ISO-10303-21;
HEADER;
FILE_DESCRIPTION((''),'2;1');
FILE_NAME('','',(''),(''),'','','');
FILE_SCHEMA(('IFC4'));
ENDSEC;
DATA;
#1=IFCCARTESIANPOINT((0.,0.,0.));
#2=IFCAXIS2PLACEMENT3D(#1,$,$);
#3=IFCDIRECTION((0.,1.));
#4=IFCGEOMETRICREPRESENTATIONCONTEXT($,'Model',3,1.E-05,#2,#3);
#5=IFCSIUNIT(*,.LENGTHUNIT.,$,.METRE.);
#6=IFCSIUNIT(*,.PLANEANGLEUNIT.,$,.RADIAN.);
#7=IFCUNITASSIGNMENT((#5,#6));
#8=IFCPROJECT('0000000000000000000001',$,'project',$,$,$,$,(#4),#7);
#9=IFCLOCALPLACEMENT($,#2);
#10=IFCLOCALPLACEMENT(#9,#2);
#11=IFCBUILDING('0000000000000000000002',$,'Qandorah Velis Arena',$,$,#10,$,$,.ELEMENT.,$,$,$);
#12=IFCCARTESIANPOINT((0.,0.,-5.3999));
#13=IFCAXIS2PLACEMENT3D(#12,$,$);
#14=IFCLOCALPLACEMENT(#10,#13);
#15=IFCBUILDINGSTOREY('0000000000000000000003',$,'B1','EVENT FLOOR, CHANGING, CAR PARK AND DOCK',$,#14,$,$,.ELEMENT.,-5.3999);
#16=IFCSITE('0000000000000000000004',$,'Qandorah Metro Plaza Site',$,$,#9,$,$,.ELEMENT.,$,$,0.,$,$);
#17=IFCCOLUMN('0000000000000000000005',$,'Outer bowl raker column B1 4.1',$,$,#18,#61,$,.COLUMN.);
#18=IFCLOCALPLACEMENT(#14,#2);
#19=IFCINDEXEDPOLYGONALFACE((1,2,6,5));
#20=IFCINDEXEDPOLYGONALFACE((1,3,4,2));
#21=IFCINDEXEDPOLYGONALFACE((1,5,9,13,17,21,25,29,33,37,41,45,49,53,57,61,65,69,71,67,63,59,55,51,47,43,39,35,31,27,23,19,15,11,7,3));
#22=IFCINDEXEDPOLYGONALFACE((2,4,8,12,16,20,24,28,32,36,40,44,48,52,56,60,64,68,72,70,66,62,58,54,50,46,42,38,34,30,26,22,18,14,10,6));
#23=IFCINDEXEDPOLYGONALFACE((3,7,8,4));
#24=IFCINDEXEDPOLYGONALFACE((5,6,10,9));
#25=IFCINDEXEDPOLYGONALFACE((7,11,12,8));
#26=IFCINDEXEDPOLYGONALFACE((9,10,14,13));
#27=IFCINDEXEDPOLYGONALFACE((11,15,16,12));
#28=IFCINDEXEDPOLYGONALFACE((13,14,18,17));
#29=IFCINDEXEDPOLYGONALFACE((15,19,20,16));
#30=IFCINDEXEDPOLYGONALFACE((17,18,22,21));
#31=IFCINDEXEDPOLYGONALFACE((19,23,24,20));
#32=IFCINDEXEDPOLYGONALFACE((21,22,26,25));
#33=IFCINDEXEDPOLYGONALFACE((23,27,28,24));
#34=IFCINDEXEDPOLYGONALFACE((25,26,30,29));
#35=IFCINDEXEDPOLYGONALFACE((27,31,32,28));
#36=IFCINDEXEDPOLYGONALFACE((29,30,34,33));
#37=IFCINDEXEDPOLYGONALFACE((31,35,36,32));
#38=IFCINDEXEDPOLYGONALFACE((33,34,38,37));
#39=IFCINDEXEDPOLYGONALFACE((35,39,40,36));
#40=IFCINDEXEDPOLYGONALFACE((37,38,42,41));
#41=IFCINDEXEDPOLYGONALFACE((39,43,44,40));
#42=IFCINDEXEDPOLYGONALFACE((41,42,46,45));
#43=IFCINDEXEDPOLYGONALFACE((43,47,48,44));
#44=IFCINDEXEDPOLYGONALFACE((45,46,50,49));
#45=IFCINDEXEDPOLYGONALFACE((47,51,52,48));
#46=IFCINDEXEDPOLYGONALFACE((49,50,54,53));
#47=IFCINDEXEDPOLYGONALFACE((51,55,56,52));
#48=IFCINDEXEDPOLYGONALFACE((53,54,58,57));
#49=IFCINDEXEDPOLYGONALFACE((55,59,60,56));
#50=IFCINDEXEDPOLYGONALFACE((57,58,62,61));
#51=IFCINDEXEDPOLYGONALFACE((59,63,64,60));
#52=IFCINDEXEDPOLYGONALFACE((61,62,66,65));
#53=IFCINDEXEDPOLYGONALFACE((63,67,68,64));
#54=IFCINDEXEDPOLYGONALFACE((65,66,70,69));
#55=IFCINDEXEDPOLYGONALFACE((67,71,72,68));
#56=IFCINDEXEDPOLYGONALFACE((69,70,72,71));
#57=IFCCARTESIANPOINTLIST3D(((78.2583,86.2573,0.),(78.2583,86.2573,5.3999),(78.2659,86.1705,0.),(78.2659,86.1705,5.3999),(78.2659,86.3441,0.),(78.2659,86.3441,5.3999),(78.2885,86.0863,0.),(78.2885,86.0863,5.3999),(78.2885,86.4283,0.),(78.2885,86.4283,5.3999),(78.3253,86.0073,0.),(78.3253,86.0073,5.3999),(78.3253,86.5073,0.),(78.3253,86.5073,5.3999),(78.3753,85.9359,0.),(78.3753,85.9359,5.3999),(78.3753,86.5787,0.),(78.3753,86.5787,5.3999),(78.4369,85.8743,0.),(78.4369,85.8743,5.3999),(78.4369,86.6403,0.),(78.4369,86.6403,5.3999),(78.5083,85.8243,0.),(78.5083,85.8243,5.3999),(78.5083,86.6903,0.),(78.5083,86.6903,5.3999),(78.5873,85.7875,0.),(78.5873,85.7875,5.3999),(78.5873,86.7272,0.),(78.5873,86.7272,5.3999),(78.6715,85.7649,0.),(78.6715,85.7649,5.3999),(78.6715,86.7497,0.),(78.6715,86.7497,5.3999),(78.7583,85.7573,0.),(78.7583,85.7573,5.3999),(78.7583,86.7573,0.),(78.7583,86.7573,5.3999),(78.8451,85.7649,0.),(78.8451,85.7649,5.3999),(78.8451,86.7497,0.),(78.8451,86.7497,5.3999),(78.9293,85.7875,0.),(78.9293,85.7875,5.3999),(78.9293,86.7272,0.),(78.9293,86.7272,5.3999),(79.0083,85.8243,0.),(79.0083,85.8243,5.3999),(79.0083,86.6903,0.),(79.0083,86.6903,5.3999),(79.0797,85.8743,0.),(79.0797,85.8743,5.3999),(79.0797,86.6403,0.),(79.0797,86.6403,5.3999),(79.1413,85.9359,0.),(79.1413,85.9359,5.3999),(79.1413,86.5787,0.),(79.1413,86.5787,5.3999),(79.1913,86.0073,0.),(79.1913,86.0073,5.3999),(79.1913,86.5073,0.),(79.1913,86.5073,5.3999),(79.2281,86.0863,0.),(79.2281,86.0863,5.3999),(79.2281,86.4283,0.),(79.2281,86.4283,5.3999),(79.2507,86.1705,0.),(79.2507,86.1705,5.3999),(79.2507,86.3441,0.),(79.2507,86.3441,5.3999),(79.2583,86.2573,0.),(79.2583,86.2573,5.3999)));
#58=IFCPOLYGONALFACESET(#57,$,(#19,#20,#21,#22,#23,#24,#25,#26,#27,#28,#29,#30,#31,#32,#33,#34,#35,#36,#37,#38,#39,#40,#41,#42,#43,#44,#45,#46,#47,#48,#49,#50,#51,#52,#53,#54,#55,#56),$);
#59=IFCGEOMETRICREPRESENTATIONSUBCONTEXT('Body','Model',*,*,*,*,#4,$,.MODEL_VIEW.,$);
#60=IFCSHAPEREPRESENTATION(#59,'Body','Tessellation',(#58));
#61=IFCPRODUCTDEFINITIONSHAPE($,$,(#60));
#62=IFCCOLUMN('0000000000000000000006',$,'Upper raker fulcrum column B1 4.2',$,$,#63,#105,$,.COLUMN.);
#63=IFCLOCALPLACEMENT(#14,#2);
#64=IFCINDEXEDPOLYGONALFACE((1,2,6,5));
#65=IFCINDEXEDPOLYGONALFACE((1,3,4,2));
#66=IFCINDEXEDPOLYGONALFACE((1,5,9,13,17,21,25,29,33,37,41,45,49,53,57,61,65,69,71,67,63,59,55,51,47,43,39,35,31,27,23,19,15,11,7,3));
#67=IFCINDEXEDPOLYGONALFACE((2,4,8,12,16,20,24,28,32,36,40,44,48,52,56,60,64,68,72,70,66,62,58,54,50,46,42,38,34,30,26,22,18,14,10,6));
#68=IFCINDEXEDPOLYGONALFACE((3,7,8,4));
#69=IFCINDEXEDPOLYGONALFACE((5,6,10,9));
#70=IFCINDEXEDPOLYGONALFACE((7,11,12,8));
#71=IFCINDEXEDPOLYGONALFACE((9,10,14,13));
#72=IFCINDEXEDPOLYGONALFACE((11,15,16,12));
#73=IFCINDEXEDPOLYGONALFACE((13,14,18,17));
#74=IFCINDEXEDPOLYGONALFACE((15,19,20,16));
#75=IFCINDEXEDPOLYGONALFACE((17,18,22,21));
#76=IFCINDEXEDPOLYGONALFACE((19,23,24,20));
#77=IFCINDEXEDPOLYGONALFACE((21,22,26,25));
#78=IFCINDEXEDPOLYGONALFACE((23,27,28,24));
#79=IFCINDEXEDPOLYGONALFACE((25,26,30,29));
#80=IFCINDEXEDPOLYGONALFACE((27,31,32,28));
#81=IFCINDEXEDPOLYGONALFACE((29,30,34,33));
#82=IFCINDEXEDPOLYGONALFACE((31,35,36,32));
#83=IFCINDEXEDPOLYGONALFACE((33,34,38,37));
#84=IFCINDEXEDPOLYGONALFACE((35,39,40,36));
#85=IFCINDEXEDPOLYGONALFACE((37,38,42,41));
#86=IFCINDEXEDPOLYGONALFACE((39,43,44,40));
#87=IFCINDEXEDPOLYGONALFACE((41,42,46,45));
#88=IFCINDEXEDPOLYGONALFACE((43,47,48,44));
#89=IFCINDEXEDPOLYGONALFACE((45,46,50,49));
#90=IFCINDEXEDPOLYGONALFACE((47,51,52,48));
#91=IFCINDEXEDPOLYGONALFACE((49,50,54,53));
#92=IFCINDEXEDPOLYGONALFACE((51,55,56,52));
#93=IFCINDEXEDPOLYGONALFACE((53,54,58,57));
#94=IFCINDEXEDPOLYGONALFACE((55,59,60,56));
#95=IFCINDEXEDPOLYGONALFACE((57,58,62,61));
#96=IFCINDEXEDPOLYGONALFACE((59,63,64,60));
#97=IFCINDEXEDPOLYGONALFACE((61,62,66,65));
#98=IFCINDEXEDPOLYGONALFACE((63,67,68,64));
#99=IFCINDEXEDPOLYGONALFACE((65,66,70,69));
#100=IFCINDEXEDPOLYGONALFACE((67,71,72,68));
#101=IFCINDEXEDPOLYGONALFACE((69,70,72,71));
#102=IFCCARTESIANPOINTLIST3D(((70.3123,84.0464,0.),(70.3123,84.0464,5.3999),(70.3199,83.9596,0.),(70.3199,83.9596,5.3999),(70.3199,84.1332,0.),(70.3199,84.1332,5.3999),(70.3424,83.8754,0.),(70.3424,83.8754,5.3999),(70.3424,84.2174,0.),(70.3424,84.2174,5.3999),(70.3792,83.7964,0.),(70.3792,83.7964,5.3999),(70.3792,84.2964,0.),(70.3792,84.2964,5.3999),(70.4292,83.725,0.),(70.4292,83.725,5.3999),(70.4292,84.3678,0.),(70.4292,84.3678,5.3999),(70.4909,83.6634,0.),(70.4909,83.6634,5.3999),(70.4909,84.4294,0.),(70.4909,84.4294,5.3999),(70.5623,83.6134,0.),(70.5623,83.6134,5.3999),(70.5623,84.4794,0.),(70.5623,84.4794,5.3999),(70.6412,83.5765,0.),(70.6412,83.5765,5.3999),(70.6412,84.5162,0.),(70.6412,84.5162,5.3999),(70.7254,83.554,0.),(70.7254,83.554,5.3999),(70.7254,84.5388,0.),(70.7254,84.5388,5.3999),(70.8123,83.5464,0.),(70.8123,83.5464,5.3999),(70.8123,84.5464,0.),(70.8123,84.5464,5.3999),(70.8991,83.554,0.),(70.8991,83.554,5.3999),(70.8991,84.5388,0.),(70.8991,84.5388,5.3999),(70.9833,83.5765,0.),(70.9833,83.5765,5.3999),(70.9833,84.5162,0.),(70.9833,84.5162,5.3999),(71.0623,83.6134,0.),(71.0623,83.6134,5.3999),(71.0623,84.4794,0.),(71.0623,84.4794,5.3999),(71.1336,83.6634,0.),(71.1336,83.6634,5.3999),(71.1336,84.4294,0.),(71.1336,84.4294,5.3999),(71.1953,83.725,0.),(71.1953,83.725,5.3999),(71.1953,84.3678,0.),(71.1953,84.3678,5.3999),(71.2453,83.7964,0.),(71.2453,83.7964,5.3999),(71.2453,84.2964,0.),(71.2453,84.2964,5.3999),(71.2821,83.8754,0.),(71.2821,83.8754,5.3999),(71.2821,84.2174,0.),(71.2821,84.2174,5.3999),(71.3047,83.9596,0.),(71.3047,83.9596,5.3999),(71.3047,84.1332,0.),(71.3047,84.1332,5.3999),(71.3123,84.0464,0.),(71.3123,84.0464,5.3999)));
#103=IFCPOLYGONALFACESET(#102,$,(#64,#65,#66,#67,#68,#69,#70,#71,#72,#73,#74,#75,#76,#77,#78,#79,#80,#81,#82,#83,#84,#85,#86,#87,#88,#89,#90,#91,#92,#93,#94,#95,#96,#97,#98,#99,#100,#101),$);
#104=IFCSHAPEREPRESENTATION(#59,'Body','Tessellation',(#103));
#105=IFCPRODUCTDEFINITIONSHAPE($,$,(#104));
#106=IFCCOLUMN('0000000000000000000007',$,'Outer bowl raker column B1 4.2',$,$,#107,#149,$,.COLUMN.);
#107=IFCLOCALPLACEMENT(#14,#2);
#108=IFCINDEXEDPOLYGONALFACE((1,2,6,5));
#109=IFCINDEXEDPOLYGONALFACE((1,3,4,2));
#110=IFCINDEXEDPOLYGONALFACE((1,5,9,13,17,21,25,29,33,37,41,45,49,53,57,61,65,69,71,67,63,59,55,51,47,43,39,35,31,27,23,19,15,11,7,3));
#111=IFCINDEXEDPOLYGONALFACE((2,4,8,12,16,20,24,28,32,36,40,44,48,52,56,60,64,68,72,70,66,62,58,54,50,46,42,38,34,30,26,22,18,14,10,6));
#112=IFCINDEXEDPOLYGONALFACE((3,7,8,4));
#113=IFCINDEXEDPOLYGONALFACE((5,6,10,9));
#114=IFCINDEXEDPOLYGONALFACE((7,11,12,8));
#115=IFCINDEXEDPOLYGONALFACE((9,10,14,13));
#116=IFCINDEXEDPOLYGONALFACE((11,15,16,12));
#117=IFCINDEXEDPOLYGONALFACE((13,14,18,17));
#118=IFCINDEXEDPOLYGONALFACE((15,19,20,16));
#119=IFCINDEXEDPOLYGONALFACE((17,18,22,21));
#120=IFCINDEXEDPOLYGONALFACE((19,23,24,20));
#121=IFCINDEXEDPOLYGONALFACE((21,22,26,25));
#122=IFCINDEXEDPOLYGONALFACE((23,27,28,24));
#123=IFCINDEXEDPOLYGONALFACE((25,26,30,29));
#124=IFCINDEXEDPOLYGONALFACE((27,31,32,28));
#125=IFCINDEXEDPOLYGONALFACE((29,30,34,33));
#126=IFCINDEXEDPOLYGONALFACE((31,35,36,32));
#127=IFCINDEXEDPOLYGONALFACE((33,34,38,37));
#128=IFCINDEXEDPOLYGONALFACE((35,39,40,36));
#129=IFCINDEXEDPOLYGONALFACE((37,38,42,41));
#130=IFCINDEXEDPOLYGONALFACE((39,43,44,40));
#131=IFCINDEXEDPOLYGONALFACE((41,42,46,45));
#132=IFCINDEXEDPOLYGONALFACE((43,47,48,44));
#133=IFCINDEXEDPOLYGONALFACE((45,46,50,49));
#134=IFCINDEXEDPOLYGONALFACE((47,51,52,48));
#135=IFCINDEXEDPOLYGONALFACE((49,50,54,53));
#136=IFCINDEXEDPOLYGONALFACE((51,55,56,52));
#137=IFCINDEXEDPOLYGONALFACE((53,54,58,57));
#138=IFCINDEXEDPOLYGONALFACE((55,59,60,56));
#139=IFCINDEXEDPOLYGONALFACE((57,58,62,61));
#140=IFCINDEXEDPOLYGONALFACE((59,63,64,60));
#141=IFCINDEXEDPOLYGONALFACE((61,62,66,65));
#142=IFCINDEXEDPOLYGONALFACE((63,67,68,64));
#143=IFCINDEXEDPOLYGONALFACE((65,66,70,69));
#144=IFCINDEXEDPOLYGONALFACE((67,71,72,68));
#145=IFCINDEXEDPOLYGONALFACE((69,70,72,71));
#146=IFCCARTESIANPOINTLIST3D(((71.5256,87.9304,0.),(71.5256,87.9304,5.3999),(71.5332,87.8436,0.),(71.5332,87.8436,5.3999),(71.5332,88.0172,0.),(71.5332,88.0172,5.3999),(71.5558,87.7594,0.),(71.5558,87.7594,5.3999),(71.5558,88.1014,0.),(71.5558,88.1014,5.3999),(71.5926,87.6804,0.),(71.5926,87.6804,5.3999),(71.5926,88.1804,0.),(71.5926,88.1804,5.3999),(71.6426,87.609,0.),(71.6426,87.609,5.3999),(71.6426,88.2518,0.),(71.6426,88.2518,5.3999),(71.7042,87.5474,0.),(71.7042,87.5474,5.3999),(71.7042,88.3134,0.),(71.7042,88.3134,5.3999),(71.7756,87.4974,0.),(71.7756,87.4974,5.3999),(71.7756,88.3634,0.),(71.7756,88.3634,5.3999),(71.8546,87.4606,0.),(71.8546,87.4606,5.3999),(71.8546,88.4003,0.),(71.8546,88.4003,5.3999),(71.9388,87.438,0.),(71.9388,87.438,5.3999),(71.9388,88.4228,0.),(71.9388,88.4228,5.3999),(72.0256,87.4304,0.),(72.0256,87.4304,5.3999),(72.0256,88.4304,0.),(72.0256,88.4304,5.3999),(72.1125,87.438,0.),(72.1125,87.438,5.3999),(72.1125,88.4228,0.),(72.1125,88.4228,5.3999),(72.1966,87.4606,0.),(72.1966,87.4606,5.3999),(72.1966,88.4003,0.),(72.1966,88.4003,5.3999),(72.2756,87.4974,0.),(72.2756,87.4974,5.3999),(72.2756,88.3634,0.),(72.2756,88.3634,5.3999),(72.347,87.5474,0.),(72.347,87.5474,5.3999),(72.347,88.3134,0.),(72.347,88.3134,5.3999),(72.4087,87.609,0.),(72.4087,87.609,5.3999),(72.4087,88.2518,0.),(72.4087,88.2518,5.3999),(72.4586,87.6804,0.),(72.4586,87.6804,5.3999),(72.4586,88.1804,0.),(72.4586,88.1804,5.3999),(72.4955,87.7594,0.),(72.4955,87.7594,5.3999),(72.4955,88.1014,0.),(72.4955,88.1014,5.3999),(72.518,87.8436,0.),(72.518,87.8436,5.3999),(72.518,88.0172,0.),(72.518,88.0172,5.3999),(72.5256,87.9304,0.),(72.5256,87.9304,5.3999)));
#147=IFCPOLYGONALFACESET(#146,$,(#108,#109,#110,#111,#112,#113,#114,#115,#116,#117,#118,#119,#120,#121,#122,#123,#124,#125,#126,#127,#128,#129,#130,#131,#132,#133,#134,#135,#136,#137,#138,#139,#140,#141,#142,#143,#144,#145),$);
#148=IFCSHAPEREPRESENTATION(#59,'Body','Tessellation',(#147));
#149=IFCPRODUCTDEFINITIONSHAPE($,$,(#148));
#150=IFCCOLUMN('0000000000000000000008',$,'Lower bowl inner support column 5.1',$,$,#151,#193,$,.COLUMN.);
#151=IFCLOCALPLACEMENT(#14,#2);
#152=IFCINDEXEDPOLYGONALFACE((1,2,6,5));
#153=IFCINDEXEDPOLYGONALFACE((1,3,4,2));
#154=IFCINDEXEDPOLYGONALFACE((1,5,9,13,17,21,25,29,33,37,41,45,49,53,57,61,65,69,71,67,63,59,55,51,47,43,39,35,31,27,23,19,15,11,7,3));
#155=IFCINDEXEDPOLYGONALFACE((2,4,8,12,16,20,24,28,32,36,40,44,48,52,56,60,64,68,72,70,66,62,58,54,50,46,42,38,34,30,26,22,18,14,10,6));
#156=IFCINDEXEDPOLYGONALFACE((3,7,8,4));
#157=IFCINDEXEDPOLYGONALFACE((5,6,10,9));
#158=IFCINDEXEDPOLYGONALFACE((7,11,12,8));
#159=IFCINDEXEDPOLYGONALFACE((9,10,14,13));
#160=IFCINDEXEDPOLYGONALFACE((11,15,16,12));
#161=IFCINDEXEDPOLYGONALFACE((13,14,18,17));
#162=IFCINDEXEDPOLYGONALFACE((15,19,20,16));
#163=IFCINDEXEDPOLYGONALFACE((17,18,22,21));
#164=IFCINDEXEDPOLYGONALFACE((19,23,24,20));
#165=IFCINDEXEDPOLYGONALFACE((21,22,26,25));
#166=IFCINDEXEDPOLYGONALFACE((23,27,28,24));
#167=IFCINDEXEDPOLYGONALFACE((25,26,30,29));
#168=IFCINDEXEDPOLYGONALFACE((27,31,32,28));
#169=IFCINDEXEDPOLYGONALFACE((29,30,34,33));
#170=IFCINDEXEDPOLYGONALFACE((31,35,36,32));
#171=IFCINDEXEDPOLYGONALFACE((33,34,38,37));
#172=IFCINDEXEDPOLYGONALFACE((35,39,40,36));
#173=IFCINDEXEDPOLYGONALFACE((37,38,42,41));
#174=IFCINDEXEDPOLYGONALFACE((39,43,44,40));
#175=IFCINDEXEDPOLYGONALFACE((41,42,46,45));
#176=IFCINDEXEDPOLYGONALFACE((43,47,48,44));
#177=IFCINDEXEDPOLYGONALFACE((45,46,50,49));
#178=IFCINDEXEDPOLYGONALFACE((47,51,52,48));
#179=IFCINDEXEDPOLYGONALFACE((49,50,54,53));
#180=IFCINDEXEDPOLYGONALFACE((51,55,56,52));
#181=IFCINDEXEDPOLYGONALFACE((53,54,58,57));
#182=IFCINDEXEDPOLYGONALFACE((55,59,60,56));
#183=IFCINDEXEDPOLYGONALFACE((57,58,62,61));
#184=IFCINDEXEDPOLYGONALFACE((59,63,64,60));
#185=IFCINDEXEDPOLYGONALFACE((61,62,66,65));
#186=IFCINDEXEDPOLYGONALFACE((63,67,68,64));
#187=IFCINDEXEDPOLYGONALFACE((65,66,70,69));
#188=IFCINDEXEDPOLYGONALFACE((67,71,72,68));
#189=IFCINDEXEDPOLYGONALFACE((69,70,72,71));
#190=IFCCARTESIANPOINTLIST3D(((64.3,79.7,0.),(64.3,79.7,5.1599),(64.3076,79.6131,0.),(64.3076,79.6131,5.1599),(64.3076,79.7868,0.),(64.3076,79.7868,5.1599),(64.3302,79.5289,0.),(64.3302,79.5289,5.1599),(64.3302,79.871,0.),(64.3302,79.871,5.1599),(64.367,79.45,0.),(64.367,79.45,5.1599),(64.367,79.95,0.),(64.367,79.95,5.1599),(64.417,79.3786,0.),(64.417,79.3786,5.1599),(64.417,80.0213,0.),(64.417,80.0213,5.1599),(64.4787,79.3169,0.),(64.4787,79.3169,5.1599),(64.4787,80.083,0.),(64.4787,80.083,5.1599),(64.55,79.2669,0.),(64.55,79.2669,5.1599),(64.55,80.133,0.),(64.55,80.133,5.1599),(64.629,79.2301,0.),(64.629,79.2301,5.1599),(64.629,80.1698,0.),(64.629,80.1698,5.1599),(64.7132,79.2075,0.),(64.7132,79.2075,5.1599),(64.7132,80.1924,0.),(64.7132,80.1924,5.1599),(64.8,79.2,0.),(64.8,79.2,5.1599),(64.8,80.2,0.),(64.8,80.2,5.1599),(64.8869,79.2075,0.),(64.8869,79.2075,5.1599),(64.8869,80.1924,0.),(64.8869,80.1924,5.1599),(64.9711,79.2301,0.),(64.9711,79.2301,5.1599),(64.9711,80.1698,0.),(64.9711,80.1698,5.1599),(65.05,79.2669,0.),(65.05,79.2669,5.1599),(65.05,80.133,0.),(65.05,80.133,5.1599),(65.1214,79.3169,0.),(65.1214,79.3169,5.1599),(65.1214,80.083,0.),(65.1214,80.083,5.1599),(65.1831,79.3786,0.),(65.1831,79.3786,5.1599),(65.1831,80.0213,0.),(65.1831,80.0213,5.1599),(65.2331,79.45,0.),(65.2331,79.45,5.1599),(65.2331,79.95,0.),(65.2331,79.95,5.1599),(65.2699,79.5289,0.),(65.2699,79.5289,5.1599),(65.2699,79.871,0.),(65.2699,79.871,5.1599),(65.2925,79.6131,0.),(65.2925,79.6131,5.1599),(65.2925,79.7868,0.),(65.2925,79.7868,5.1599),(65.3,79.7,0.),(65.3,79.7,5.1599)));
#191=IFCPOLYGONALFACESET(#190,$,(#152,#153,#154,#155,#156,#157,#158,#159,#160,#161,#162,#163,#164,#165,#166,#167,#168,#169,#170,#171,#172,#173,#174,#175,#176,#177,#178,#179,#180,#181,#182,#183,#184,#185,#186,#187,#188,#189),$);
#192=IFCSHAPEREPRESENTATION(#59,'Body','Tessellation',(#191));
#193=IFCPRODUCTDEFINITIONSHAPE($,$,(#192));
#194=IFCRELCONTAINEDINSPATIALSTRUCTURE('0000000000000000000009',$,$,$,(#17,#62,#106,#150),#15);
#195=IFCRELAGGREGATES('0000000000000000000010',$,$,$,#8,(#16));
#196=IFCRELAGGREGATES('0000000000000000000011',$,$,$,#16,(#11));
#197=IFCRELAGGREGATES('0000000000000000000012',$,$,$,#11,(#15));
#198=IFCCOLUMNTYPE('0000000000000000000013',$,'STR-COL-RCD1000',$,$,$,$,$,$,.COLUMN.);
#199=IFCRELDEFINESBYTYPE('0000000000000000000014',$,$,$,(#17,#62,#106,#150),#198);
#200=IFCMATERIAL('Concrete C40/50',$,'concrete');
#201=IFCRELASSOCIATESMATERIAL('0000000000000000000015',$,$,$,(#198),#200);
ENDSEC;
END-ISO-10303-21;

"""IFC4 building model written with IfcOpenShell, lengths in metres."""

from ifc_helpers import new_model, si_unit, direction, frame, origin, origin_2d, place, context, subcontext, project, spatial, circle, extrude, material, material_profile, profile_set, type_object, element, save


model = new_model("IFC4")

# Units and contexts
model_context = context("Model", 3, precision=1e-05, world=origin(), true_north=direction((0.0, 1.0)))
body_context = subcontext(model_context, "Body", "Model", "MODEL_VIEW")
ifc_project = project(units=[si_unit("LENGTHUNIT", "METRE"), si_unit("PLANEANGLEUNIT", "RADIAN")], contexts=[model_context])

# Site, building, storey
site_placement = place(None, origin())
site = spatial("IfcSite", under=ifc_project, at=site_placement, Name="Qandorah Metro Plaza Site", CompositionType="ELEMENT", RefElevation=0.0)
building_placement = place(site_placement, origin())
building = spatial("IfcBuilding", under=site, at=building_placement, Name="Qandorah Velis Arena", CompositionType="ELEMENT")
storey_placement = place(building_placement, frame((0.0, 0.0, -5.3999)))
storey = spatial("IfcBuildingStorey", under=building, at=storey_placement, Name="B1", Description="EVENT FLOOR, CHANGING, CAR PARK AND DOCK", CompositionType="ELEMENT", Elevation=-5.3999)

# Shared definitions
ifc_material = material(Name="Concrete C40/50", Category="concrete")

# Columns
ifc_material_profile_1 = material_profile(ifc_material, circle(Radius=0.5, at=origin_2d()), Name="RC D1000")
ifc_profile_set_1 = profile_set([ifc_material_profile_1], Name="Concrete C40/50")
column_type_1 = type_object("IfcColumnType", Name="STR-COL-RCD1000", PredefinedType="COLUMN", material=ifc_profile_set_1)
for number, where, z_axis, x_axis, name in (
    (1, (78.7583, 86.2573, 0.0), (0.0, 0.0, 1.0), (1.0, 0.0, 0.0), "Outer bowl raker column B1 4.1"),
    (2, (70.8123, 84.0464, 0.0), (0.0, 0.0, 1.0), (1.0, 0.0, 0.0), "Upper raker fulcrum column B1 4.2"),
    (3, (72.0256, 87.9304, 0.0), (0.0, 0.0, 1.0), (1.0, 0.0, 0.0), "Outer bowl raker column B1 4.2"),
):
    element("IfcColumn", number, at=place(storey_placement, frame(where, z_axis=z_axis, x_axis=x_axis)), inside=storey, type_object=column_type_1, Name=name, PredefinedType="COLUMN", context=body_context, shape_type="SweptSolid", body=[
        extrude(circle(Radius=0.5, at=origin_2d()), origin(), (0.0, 0.0, 1.0), 5.3999),
    ])
column_1_placement = place(storey_placement, frame((64.8, 79.7, 0.0), z_axis=(0.0, 0.0, 1.0), x_axis=(1.0, 0.0, 0.0)))
element("IfcColumn", 4, at=column_1_placement, inside=storey, type_object=column_type_1, Name="Lower bowl inner support column 5.1", PredefinedType="COLUMN", context=body_context, shape_type="SweptSolid", body=[
    extrude(circle(Radius=0.5, at=origin_2d()), origin(), (0.0, 0.0, 1.0), 5.1599),
])

save(model, "model.ifc")
